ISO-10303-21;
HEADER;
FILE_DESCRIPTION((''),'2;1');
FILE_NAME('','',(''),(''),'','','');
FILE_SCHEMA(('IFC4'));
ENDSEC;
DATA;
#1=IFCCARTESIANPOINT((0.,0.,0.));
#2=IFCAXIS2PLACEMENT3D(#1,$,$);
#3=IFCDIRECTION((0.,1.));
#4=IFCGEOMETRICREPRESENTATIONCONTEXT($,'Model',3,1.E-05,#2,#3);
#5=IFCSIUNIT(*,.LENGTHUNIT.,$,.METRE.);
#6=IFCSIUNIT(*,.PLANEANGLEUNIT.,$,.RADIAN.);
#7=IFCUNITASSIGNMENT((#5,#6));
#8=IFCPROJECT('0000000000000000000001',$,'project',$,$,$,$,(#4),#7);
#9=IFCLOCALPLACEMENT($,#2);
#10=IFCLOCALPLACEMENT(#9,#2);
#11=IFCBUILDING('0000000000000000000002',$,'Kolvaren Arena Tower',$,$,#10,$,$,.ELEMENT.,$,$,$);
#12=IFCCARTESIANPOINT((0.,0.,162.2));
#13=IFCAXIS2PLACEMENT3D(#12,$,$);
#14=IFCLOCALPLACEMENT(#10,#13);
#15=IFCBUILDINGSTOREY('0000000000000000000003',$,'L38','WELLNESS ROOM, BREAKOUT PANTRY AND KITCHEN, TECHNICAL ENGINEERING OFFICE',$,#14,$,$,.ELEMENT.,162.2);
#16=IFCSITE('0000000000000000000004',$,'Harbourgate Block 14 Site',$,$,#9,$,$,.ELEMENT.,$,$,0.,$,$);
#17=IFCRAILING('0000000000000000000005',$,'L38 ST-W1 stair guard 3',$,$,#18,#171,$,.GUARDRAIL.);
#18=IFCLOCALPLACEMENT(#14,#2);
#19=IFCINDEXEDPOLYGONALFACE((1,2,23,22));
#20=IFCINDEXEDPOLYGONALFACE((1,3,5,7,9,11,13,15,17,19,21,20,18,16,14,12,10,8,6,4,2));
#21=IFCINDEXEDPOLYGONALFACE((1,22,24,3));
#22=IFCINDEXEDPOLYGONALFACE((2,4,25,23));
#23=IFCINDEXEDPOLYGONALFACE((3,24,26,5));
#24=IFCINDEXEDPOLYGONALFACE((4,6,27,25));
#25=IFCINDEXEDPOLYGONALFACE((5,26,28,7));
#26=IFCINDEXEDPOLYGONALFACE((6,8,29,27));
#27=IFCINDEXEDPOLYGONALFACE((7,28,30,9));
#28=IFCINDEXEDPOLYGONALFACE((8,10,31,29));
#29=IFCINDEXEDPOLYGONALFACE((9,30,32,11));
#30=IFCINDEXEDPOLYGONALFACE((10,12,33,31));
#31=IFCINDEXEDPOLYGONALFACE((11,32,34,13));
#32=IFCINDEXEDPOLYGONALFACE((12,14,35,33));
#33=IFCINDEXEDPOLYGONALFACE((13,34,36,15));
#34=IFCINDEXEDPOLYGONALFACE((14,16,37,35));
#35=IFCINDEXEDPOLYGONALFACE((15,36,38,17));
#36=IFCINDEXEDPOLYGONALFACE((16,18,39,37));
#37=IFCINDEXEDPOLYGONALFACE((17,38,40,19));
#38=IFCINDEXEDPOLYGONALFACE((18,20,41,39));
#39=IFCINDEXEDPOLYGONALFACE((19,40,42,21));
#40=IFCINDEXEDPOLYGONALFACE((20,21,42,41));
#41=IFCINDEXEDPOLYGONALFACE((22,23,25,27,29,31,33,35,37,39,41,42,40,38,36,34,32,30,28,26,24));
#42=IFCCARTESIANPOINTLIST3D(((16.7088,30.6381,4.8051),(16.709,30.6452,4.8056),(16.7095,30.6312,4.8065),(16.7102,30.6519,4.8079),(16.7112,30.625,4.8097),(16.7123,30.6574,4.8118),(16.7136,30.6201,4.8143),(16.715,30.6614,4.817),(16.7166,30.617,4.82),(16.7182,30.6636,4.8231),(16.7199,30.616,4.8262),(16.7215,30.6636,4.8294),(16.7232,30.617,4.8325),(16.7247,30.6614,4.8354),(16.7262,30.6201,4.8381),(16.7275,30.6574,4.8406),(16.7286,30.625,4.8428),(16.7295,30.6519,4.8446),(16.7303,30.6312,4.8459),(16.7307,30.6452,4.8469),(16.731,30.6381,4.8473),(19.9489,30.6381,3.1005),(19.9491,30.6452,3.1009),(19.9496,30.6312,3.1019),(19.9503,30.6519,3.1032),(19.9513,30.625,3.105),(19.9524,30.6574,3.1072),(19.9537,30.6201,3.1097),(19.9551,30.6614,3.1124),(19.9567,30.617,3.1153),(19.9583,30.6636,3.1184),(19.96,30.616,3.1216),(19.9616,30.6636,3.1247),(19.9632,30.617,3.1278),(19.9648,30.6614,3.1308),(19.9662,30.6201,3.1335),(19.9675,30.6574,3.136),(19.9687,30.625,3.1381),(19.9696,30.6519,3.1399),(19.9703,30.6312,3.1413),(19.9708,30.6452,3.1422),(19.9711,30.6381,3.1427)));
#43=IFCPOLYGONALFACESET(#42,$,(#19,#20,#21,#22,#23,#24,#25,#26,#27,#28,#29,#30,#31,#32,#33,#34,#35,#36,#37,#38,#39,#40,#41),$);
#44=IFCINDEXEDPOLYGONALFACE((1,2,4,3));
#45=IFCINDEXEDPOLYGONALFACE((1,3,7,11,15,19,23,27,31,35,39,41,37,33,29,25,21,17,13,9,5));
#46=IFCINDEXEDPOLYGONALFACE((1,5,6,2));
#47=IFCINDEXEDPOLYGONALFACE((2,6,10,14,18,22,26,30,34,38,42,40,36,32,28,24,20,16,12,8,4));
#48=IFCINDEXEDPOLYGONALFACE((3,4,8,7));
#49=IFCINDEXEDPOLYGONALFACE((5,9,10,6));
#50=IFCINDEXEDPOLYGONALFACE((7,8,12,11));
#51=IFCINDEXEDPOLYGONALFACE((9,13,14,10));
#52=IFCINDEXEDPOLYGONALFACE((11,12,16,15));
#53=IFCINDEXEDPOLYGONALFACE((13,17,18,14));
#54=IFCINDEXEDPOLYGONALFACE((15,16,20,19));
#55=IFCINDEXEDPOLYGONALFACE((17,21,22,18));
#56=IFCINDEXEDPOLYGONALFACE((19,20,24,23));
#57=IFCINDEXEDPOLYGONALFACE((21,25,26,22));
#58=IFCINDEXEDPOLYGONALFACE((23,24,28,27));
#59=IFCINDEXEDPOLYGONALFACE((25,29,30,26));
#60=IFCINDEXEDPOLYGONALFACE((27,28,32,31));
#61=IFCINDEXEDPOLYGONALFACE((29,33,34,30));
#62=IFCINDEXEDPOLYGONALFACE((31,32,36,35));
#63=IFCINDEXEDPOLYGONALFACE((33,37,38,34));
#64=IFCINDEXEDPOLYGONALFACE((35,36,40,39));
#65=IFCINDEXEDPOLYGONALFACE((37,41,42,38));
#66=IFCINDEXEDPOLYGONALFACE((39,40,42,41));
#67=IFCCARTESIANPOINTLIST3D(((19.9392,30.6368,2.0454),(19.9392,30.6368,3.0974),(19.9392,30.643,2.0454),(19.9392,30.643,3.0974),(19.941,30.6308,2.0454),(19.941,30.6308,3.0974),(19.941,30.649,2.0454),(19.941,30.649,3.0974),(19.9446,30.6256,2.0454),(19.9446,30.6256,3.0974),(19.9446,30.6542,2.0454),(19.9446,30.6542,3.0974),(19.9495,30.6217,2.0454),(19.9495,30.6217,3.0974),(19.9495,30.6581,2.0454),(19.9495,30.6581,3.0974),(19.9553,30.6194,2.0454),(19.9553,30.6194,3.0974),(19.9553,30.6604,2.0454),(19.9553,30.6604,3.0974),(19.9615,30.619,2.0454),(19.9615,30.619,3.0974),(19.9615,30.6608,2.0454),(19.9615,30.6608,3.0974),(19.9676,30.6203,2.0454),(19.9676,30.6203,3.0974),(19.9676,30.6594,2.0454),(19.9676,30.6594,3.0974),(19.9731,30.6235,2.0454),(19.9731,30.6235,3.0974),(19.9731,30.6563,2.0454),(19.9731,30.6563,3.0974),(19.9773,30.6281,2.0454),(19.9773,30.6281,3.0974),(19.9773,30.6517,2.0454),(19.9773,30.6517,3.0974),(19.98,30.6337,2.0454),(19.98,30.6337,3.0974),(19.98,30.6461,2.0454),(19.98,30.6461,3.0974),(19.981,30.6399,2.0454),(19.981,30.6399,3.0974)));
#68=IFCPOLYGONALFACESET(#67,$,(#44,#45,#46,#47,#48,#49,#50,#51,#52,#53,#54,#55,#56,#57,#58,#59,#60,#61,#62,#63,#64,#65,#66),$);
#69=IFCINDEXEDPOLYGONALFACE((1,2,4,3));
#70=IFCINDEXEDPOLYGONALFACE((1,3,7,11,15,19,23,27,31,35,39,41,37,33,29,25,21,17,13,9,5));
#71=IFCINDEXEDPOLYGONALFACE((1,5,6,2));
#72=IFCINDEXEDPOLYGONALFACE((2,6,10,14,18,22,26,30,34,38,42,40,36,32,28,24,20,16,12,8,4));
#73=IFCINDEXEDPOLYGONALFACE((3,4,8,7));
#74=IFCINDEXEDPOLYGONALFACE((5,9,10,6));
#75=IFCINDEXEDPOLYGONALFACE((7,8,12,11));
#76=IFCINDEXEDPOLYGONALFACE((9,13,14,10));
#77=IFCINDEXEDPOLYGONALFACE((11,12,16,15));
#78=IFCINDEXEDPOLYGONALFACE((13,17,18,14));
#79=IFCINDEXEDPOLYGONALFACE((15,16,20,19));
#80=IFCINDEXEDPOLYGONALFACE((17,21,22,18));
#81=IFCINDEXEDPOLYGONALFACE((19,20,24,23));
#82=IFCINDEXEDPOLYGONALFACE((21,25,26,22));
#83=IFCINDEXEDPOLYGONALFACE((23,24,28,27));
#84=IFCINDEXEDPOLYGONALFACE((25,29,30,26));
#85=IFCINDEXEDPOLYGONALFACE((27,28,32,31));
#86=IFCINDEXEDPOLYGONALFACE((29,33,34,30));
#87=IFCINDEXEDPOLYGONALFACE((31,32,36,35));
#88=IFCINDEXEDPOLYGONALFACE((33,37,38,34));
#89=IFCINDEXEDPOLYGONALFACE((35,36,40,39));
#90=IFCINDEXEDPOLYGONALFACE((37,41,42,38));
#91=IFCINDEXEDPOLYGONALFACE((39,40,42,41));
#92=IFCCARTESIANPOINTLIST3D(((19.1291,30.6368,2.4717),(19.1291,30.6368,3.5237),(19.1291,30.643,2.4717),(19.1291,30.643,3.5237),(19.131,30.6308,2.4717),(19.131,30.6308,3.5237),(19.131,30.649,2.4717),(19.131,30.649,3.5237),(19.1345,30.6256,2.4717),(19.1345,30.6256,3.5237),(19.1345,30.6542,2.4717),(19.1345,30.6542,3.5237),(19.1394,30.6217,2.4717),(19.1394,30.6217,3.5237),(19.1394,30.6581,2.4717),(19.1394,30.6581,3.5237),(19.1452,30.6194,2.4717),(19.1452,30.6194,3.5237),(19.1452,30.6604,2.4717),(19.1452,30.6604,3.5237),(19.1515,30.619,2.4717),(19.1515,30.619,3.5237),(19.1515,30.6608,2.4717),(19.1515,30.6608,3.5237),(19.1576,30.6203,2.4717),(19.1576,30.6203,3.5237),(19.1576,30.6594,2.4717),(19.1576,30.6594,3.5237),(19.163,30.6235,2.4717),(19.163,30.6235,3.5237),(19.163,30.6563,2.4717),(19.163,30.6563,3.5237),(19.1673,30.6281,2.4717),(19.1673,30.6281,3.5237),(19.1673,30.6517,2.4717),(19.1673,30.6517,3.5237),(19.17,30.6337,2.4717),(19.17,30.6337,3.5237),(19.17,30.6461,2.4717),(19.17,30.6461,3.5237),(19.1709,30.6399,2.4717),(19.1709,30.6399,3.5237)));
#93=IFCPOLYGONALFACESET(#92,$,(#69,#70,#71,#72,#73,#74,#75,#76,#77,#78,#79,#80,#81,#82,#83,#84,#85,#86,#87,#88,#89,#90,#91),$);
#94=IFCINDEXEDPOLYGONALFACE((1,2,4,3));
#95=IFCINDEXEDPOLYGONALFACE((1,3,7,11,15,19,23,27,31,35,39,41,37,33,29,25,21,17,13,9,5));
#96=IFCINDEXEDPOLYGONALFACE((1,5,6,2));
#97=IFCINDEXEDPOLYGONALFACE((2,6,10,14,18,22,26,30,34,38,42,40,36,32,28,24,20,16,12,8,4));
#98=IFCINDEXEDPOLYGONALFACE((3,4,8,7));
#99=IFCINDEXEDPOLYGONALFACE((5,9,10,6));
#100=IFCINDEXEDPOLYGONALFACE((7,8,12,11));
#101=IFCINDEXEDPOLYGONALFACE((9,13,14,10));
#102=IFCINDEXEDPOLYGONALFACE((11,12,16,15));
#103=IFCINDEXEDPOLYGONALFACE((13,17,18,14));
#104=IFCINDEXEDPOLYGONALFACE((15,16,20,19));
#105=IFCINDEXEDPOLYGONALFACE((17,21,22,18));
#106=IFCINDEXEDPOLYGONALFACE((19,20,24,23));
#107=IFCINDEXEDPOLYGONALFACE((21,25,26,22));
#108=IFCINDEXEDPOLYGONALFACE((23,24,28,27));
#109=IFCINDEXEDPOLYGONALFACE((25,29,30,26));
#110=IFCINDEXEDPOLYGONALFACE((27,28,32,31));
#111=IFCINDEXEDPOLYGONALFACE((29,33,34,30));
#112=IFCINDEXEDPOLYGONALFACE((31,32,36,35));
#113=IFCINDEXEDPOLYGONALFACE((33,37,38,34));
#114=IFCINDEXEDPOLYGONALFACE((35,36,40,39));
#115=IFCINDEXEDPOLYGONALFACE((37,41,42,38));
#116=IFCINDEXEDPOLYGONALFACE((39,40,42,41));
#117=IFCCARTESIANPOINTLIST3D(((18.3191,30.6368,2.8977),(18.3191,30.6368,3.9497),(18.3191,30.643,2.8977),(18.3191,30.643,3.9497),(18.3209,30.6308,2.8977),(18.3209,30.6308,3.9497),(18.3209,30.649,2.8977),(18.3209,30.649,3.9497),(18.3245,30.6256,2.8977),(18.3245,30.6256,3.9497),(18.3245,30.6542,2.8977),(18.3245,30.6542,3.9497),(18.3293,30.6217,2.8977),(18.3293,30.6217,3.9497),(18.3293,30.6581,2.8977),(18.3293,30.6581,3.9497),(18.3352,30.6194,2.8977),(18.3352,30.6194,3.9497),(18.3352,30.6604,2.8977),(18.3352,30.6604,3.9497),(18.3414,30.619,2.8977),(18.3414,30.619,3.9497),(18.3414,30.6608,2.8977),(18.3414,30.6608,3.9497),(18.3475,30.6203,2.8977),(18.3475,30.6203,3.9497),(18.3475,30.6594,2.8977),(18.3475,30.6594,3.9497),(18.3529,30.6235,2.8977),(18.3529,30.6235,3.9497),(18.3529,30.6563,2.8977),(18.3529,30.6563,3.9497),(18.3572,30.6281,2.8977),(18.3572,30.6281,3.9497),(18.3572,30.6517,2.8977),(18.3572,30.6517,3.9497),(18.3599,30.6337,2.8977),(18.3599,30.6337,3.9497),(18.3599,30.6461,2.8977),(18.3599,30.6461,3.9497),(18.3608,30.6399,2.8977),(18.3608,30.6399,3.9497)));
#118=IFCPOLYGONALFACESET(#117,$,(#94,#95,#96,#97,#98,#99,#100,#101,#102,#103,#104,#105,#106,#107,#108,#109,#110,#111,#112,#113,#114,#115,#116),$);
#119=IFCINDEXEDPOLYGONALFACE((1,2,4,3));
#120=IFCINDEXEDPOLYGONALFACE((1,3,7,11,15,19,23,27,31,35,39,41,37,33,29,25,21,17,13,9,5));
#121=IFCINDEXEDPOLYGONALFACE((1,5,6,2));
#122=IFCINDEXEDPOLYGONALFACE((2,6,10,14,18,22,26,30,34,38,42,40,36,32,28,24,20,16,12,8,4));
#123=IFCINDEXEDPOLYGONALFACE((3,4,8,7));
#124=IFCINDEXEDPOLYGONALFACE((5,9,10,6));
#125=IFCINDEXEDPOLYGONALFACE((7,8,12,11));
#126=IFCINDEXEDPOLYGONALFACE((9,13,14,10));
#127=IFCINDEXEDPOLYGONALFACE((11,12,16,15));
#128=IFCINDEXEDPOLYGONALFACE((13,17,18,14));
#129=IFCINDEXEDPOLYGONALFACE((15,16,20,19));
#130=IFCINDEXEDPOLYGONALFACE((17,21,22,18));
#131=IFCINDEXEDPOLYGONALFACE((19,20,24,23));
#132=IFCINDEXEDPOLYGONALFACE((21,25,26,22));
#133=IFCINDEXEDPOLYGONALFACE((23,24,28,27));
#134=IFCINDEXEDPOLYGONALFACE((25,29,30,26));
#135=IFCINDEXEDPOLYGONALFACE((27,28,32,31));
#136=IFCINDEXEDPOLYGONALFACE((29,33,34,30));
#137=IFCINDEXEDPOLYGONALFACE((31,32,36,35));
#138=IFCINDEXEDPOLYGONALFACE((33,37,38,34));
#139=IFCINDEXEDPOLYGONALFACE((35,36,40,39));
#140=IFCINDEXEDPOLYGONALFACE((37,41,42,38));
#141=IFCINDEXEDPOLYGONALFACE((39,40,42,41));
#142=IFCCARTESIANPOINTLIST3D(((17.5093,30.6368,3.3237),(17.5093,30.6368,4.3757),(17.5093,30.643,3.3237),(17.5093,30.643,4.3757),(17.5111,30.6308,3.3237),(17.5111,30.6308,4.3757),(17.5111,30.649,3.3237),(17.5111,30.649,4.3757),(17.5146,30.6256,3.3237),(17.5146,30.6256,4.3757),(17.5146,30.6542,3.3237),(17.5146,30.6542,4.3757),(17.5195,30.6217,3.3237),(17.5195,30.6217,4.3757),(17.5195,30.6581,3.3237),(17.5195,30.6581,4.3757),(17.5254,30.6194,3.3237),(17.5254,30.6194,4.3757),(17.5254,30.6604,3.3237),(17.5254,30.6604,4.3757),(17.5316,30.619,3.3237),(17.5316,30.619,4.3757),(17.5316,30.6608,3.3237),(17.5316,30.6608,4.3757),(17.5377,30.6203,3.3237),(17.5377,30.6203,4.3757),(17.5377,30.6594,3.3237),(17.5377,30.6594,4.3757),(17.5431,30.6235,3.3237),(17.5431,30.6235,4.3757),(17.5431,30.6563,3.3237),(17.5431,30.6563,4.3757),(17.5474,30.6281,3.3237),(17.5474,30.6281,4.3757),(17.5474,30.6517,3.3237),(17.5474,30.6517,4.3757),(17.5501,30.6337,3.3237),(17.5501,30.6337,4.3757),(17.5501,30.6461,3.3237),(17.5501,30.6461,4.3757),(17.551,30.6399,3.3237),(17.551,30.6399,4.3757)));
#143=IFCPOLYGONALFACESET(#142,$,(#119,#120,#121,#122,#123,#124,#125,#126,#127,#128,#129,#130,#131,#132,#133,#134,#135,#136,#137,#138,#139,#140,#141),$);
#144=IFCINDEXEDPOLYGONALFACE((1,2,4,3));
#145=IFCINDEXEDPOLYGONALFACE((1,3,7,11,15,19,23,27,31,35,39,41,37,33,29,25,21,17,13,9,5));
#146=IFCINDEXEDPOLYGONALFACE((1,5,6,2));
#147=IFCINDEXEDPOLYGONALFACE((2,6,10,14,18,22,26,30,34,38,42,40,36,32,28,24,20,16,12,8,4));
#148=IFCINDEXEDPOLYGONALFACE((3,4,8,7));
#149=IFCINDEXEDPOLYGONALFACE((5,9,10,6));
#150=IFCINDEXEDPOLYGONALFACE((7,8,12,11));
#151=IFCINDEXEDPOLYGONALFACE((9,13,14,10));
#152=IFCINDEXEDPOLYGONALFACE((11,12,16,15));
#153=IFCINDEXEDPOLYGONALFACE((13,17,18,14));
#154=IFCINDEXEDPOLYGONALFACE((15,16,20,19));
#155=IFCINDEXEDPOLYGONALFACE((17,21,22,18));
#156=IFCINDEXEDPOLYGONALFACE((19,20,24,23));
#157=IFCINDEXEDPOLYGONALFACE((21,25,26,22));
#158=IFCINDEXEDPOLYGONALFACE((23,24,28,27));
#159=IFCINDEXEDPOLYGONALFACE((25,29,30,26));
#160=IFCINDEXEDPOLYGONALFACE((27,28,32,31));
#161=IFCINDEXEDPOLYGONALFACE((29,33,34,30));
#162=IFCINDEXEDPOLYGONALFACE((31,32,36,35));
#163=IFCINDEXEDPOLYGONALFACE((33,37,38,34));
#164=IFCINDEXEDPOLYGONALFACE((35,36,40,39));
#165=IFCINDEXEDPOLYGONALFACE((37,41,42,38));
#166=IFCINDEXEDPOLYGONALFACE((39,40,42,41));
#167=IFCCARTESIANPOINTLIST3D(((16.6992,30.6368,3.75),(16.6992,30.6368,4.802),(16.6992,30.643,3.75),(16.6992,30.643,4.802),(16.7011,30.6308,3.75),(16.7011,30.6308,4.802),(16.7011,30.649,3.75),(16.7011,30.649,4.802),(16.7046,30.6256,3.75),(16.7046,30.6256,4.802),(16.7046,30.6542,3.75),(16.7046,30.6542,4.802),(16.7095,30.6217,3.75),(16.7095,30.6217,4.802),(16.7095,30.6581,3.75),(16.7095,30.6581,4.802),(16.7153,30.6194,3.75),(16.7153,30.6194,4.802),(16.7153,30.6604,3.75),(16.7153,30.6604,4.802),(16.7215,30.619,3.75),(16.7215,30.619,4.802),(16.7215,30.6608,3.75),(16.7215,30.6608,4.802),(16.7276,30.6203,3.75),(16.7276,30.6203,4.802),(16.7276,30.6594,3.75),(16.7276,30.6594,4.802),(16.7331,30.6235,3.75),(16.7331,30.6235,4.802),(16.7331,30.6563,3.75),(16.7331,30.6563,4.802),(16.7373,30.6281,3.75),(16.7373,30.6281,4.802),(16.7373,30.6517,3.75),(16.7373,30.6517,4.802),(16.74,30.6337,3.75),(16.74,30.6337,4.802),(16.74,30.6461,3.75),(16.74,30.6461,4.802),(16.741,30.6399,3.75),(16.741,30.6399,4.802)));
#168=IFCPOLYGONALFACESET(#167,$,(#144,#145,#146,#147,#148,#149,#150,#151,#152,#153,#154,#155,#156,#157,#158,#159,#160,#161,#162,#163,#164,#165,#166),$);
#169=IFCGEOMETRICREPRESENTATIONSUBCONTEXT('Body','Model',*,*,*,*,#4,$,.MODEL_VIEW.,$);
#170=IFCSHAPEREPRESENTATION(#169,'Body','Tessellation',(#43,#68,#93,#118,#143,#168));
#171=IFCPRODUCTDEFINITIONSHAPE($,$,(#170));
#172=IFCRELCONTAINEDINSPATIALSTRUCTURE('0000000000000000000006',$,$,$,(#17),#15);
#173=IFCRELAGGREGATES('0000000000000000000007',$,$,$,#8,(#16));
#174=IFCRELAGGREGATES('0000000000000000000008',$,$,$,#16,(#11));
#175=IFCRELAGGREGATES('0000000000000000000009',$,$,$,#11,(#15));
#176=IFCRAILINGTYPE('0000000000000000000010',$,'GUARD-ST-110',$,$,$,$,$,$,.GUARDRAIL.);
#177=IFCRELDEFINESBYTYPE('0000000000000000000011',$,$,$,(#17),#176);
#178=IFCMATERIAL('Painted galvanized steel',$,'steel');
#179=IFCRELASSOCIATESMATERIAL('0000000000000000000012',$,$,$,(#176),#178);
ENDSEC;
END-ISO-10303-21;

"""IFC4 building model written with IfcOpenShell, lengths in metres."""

from ifc_helpers import new_model, si_unit, direction, frame, origin, origin_2d, place, context, subcontext, project, spatial, circle, extrude, material, type_object, element, save


model = new_model("IFC4")

# Units and contexts
model_context = context("Model", 3, precision=1e-05, world=origin(), true_north=direction((0.0, 1.0)))
body_context = subcontext(model_context, "Body", "Model", "MODEL_VIEW")
ifc_project = project(units=[si_unit("LENGTHUNIT", "METRE"), si_unit("PLANEANGLEUNIT", "RADIAN")], contexts=[model_context])

# Site, building, storey
site_placement = place(None, origin())
site = spatial("IfcSite", under=ifc_project, at=site_placement, Name="Harbourgate Block 14 Site", CompositionType="ELEMENT", RefElevation=0.0)
building_placement = place(site_placement, origin())
building = spatial("IfcBuilding", under=site, at=building_placement, Name="Kolvaren Arena Tower", CompositionType="ELEMENT")
storey_placement = place(building_placement, frame((0.0, 0.0, 162.2)))
storey = spatial("IfcBuildingStorey", under=building, at=storey_placement, Name="L38", Description="WELLNESS ROOM, BREAKOUT PANTRY AND KITCHEN, TECHNICAL ENGINEERING OFFICE", CompositionType="ELEMENT", Elevation=162.2)

# Railing
ifc_material_1 = material(Name="Painted galvanized steel", Category="steel")
railing_type_1 = type_object("IfcRailingType", Name="GUARD-ST-110", PredefinedType="GUARDRAIL", material=ifc_material_1)
railing_1_placement = place(storey_placement, frame((19.96, 30.6399, 2.0454)))
element("IfcRailing", 1, at=railing_1_placement, inside=storey, type_object=railing_type_1, Name="L38 ST-W1 stair guard 3", PredefinedType="GUARDRAIL", context=body_context, shape_type="SweptSolid", body=[
    extrude(circle(Radius=0.0239, at=origin_2d()), frame((0.0, 0.0, 1.0762), z_axis=(-0.884993, 0.0, 0.465604), x_axis=(0.0, -1.0, 0.0)), (0.0, 0.0, 1.0), 3.6611),
    extrude(circle(Radius=0.021, at=origin_2d()), origin(), (0.0, 0.0, 1.0), 1.052),
    extrude(circle(Radius=0.021, at=origin_2d()), frame((-0.8101, 0.0, 0.4263)), (0.0, 0.0, 1.0), 1.052),
    extrude(circle(Radius=0.021, at=origin_2d()), frame((-1.6201, 0.0, 0.8523)), (0.0, 0.0, 1.0), 1.052),
    extrude(circle(Radius=0.021, at=origin_2d()), frame((-2.4299, 0.0, 1.2783)), (0.0, 0.0, 1.0), 1.052),
    extrude(circle(Radius=0.021, at=origin_2d()), frame((-3.24, 0.0, 1.7046)), (0.0, 0.0, 1.0), 1.052),
])

save(model, "model.ifc")
